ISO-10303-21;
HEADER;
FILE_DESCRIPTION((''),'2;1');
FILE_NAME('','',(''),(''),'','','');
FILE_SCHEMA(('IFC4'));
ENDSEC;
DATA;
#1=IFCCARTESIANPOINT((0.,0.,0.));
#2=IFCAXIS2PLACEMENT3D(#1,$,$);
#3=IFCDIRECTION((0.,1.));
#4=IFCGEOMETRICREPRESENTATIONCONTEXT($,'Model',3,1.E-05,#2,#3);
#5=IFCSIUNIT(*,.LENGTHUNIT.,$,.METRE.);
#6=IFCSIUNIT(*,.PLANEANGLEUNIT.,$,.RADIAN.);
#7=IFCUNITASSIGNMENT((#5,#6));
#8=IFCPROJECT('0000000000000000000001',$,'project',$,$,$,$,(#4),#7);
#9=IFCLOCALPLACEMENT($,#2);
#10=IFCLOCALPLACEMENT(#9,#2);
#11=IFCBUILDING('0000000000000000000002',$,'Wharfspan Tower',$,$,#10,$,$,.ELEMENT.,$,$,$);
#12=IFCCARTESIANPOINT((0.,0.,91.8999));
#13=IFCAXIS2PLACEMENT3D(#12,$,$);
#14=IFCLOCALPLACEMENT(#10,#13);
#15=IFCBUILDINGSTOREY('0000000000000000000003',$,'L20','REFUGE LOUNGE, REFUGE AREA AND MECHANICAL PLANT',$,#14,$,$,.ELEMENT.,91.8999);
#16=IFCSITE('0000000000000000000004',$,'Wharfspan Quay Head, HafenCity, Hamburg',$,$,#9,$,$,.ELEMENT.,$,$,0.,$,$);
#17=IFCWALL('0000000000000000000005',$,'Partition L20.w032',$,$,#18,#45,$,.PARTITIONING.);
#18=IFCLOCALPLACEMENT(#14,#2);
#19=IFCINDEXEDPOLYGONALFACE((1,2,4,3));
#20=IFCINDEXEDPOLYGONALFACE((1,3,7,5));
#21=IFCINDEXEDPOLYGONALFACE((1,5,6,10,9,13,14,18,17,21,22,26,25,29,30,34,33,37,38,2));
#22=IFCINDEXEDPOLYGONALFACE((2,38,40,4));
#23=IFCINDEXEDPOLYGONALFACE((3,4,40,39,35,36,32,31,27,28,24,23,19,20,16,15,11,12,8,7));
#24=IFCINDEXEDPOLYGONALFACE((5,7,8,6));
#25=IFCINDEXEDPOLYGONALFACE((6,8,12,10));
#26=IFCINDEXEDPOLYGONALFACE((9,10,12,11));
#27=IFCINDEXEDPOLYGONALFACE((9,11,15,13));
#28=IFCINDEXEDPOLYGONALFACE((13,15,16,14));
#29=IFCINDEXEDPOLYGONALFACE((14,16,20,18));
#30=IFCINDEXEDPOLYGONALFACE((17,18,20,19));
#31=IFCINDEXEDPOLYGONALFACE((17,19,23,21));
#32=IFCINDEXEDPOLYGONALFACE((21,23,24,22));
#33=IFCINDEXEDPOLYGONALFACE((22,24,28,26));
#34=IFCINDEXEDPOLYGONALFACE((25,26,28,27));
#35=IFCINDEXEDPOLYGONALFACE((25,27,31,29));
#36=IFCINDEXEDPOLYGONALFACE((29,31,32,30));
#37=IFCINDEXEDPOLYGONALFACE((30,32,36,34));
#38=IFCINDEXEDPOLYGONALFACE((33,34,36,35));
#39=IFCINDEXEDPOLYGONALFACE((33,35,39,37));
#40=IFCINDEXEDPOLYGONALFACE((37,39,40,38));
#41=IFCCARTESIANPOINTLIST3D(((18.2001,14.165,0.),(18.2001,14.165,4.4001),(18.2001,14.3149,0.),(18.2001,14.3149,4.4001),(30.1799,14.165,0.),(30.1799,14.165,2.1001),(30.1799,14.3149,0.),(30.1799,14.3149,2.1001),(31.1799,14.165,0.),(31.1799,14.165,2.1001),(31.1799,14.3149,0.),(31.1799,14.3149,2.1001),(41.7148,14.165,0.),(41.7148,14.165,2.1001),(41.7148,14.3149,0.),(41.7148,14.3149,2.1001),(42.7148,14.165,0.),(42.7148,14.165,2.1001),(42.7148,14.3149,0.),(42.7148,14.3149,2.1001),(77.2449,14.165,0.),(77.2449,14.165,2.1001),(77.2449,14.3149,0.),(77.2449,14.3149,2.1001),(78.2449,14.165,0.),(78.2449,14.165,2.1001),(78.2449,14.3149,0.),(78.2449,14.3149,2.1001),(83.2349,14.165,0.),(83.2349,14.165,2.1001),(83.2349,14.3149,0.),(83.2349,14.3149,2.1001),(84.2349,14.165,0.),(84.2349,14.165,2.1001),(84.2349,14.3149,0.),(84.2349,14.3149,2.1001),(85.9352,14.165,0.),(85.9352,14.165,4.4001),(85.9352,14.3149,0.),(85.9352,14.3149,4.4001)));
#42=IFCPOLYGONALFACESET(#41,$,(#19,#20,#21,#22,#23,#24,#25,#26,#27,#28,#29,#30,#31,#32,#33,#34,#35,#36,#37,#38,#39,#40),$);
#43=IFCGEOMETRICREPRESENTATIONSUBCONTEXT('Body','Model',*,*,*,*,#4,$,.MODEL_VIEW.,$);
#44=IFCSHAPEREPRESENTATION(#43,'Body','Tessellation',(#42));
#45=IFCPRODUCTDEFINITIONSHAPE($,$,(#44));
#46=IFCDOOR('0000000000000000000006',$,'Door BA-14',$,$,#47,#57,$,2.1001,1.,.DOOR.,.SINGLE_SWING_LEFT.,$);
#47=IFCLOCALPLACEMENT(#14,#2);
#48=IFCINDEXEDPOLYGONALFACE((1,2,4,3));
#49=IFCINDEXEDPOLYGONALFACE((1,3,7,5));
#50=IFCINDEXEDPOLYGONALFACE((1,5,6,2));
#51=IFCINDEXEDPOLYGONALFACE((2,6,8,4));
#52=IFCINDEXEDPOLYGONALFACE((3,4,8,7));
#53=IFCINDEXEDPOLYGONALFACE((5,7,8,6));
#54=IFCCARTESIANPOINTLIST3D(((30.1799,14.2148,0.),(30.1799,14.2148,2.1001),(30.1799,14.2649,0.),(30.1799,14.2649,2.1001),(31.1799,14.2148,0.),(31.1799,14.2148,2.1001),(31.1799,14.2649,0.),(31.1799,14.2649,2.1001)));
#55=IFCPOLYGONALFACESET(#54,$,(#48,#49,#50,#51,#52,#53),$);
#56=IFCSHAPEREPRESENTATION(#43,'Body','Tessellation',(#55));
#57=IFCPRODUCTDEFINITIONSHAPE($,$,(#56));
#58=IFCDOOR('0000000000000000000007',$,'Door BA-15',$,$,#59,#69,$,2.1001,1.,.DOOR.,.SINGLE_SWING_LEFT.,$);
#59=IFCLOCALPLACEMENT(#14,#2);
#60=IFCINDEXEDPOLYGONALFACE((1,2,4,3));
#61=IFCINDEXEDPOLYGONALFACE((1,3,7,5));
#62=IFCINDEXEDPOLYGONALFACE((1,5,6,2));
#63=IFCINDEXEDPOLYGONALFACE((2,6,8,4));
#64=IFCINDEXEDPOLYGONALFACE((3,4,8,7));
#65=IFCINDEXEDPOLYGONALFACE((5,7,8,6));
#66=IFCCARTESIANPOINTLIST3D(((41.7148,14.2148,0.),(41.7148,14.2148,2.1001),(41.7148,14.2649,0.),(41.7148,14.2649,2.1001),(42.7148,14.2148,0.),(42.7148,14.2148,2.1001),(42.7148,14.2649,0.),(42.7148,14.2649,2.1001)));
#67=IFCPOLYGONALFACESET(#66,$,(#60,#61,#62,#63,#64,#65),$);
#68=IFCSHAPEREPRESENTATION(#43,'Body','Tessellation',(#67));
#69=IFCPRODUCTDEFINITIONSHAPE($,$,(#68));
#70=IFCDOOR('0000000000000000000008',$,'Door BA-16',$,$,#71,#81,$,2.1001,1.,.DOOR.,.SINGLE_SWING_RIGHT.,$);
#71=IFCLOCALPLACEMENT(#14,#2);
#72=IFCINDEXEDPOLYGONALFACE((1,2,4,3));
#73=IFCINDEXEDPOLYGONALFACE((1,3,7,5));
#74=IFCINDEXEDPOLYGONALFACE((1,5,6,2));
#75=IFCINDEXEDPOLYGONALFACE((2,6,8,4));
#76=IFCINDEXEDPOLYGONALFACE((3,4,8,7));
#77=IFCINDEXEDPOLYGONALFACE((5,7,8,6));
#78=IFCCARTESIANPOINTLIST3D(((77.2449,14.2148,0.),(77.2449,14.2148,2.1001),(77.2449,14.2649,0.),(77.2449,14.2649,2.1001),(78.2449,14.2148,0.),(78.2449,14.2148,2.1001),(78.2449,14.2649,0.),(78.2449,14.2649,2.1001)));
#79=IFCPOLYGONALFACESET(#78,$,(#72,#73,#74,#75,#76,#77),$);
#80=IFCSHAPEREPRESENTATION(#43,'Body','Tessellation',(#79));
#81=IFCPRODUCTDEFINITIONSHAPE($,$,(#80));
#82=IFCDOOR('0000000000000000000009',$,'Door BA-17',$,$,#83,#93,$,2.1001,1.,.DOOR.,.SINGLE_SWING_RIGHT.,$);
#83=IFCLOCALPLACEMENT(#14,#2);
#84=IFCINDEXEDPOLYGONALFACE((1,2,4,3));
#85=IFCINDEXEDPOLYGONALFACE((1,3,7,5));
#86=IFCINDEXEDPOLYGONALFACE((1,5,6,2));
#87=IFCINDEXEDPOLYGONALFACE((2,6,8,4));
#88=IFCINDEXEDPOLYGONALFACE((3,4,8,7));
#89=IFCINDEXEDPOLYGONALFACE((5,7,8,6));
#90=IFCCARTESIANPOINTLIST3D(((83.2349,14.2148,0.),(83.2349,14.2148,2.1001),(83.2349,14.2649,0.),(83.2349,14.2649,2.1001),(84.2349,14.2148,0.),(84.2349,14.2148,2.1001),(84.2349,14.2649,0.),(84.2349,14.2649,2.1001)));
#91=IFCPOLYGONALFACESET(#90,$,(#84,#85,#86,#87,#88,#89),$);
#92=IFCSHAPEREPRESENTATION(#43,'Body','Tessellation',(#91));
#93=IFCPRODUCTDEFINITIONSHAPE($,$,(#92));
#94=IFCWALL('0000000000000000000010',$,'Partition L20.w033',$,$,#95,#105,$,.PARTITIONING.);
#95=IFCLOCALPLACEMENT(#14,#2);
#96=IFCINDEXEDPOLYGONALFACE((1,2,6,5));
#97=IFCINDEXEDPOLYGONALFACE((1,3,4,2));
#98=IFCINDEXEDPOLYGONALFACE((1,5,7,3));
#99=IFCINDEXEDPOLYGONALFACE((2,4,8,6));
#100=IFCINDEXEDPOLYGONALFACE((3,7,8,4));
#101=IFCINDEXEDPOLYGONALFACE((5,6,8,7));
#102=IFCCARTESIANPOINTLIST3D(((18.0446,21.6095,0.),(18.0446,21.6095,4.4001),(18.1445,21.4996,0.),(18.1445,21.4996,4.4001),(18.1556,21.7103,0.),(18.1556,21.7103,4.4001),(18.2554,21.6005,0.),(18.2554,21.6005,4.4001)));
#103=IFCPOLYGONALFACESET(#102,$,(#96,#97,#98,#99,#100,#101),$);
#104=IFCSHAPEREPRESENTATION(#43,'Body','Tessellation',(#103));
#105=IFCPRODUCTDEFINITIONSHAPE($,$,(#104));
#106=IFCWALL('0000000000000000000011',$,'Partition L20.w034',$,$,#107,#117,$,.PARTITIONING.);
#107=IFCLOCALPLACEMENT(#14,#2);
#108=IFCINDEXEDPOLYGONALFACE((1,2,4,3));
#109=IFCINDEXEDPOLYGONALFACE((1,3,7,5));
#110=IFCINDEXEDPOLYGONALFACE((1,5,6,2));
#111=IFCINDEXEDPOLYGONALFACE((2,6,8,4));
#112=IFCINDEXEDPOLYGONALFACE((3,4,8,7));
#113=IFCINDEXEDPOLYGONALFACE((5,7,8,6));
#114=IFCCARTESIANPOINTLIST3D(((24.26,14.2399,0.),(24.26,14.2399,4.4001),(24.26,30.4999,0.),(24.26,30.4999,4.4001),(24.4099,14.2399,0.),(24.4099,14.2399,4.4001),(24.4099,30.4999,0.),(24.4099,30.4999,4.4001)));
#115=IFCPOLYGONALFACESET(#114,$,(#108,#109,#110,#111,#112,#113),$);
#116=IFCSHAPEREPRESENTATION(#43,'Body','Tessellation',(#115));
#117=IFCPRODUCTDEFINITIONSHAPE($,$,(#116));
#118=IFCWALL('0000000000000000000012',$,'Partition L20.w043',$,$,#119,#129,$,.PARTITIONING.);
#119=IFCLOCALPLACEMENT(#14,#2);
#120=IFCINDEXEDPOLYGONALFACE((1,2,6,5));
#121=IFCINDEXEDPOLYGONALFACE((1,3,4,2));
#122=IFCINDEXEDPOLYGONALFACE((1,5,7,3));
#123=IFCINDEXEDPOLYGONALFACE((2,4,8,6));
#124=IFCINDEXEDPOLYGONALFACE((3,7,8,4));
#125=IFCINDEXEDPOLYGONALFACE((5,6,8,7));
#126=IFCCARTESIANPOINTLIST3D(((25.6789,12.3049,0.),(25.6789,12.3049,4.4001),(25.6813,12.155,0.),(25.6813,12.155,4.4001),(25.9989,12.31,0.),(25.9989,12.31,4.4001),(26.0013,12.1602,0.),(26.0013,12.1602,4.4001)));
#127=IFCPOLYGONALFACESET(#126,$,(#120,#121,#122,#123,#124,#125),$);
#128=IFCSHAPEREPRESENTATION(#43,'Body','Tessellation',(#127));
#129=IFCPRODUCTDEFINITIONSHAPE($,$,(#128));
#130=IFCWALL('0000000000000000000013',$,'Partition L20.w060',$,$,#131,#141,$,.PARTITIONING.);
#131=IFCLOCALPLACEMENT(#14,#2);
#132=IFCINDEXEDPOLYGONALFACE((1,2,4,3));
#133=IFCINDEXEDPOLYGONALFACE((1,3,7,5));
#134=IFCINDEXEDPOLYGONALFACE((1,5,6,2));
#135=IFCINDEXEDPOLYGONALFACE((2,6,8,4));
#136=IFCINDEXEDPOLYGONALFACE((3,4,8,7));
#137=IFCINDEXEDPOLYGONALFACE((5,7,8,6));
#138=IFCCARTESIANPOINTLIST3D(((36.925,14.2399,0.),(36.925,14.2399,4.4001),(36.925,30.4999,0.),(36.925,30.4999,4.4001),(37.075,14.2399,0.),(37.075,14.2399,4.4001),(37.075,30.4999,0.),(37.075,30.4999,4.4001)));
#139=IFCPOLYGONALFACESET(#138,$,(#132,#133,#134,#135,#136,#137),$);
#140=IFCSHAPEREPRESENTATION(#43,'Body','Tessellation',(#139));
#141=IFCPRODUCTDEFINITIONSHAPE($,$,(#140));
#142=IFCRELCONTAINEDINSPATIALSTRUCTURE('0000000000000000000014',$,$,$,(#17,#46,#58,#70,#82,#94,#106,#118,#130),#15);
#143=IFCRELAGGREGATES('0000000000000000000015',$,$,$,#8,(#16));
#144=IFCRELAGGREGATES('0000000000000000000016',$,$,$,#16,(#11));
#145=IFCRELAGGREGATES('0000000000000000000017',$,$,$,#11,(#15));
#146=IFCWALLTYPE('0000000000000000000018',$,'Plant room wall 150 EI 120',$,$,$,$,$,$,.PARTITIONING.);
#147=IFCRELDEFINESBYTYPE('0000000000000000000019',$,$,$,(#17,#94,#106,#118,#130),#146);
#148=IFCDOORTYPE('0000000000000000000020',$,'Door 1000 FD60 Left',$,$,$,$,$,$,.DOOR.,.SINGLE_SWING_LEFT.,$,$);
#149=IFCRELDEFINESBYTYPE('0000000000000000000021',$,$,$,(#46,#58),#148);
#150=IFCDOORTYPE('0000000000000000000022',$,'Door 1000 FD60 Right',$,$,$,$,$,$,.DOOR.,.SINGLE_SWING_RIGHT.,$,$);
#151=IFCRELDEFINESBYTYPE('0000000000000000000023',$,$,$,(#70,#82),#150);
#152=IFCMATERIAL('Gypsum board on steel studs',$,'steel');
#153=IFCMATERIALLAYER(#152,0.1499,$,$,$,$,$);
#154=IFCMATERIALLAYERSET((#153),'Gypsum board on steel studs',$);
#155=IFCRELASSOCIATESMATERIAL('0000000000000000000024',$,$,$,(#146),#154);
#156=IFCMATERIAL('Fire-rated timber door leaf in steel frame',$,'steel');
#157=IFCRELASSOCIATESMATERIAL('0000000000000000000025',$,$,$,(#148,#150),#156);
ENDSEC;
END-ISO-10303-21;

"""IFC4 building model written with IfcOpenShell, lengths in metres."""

from ifc_helpers import new_model, si_unit, direction, frame, frame_2d, origin, place, context, subcontext, project, spatial, rectangle, extrude, material, layer, layer_set, type_object, element, fill, save


model = new_model("IFC4")

# Units and contexts
model_context = context("Model", 3, precision=1e-05, world=origin(), true_north=direction((0.0, 1.0)))
body_context = subcontext(model_context, "Body", "Model", "MODEL_VIEW")
ifc_project = project(units=[si_unit("LENGTHUNIT", "METRE"), si_unit("PLANEANGLEUNIT", "RADIAN")], contexts=[model_context])

# Site, building, storey
site_placement = place(None, origin())
site = spatial("IfcSite", under=ifc_project, at=site_placement, Name="Wharfspan Quay Head, HafenCity, Hamburg", CompositionType="ELEMENT", RefElevation=0.0)
building_placement = place(site_placement, origin())
building = spatial("IfcBuilding", under=site, at=building_placement, Name="Wharfspan Tower", CompositionType="ELEMENT")
storey_placement = place(building_placement, frame((0.0, 0.0, 91.8999)))
storey = spatial("IfcBuildingStorey", under=building, at=storey_placement, Name="L20", Description="REFUGE LOUNGE, REFUGE AREA AND MECHANICAL PLANT", CompositionType="ELEMENT", Elevation=91.8999)

# Shared definitions
ifc_material_1 = material(Name="Gypsum board on steel studs", Category="steel")
ifc_material_2 = material(Name="Fire-rated timber door leaf in steel frame", Category="steel")

# Shared definitions
ifc_layer_1 = layer(ifc_material_1, 0.1499)
ifc_layer_set_1 = layer_set([ifc_layer_1], Name="Gypsum board on steel studs")
wall_type_1 = type_object("IfcWallType", Name="Plant room wall 150 EI 120", PredefinedType="PARTITIONING", material=ifc_layer_set_1)

# Shared definitions
door_type_1 = type_object("IfcDoorType", Name="Door 1000 FD60 Left", OperationType="SINGLE_SWING_LEFT", PredefinedType="DOOR", material=ifc_material_2)

# Wall, openings, doors
wall_1_placement = place(storey_placement, frame((18.2, 14.24, 0.0), z_axis=(0.0, 0.0, 1.0), x_axis=(1.0, 0.0, 0.0)))
wall_1 = element("IfcWall", 1, at=wall_1_placement, inside=storey, type_object=wall_type_1, Name="Partition L20.w032", PredefinedType="PARTITIONING", context=body_context, shape_type="SweptSolid", body=[
    extrude(rectangle(XDim=67.7351, YDim=0.1499, at=frame_2d((33.8677, 0.0))), origin(), (0.0, 0.0, 1.0), 4.4001),
])
opening_1_placement = place(wall_1_placement, frame((11.98, 0.0, 0.0)))
opening_1 = element("IfcOpeningElement", 2, at=opening_1_placement, cuts=wall_1, PredefinedType="OPENING", context=body_context, shape_type="SweptSolid", body=[
    extrude(rectangle(XDim=1.0, YDim=2.1001, at=frame_2d((0.5, 1.05))), frame((0.0, 0.085, 0.0), z_axis=(0.0, -1.0, 0.0), x_axis=(1.0, 0.0, 0.0)), (0.0, 0.0, 1.0), 0.1699),
])
opening_2_placement = place(wall_1_placement, frame((23.5149, 0.0, 0.0)))
opening_2 = element("IfcOpeningElement", 3, at=opening_2_placement, cuts=wall_1, PredefinedType="OPENING", context=body_context, shape_type="SweptSolid", body=[
    extrude(rectangle(XDim=1.0, YDim=2.1001, at=frame_2d((0.5, 1.05))), frame((0.0, 0.085, 0.0), z_axis=(0.0, -1.0, 0.0), x_axis=(1.0, 0.0, 0.0)), (0.0, 0.0, 1.0), 0.1699),
])
opening_3_placement = place(wall_1_placement, frame((59.0449, 0.0, 0.0)))
opening_3 = element("IfcOpeningElement", 4, at=opening_3_placement, cuts=wall_1, PredefinedType="OPENING", context=body_context, shape_type="SweptSolid", body=[
    extrude(rectangle(XDim=1.0, YDim=2.1001, at=frame_2d((0.5, 1.05))), frame((0.0, 0.085, 0.0), z_axis=(0.0, -1.0, 0.0), x_axis=(1.0, 0.0, 0.0)), (0.0, 0.0, 1.0), 0.1699),
])
opening_4_placement = place(wall_1_placement, frame((65.0349, 0.0, 0.0)))
opening_4 = element("IfcOpeningElement", 5, at=opening_4_placement, cuts=wall_1, PredefinedType="OPENING", context=body_context, shape_type="SweptSolid", body=[
    extrude(rectangle(XDim=1.0, YDim=2.1001, at=frame_2d((0.5, 1.05))), frame((0.0, 0.085, 0.0), z_axis=(0.0, -1.0, 0.0), x_axis=(1.0, 0.0, 0.0)), (0.0, 0.0, 1.0), 0.1699),
])
door_1_placement = place(opening_1_placement, origin())
door_1 = element("IfcDoor", 6, at=door_1_placement, inside=storey, type_object=door_type_1, Name="Door BA-14", OperationType="SINGLE_SWING_LEFT", OverallHeight=2.1001, OverallWidth=1.0, PredefinedType="DOOR", context=body_context, shape_type="SweptSolid", body=[
    extrude(rectangle(XDim=1.0, YDim=2.1001, at=frame_2d((0.5, 1.05))), frame((0.0, 0.0249, 0.0), z_axis=(0.0, -1.0, 0.0), x_axis=(1.0, 0.0, 0.0)), (0.0, 0.0, 1.0), 0.05),
])
fill(opening_1, door_1)
door_2_placement = place(opening_2_placement, origin())
door_2 = element("IfcDoor", 7, at=door_2_placement, inside=storey, type_object=door_type_1, Name="Door BA-15", OperationType="SINGLE_SWING_LEFT", OverallHeight=2.1001, OverallWidth=1.0, PredefinedType="DOOR", context=body_context, shape_type="SweptSolid", body=[
    extrude(rectangle(XDim=1.0, YDim=2.1001, at=frame_2d((0.5, 1.05))), frame((0.0, 0.0249, 0.0), z_axis=(0.0, -1.0, 0.0), x_axis=(1.0, 0.0, 0.0)), (0.0, 0.0, 1.0), 0.05),
])
fill(opening_2, door_2)
door_type_2 = type_object("IfcDoorType", Name="Door 1000 FD60 Right", OperationType="SINGLE_SWING_RIGHT", PredefinedType="DOOR", material=ifc_material_2)
door_3_placement = place(opening_3_placement, origin())
door_3 = element("IfcDoor", 8, at=door_3_placement, inside=storey, type_object=door_type_2, Name="Door BA-16", OperationType="SINGLE_SWING_RIGHT", OverallHeight=2.1001, OverallWidth=1.0, PredefinedType="DOOR", context=body_context, shape_type="SweptSolid", body=[
    extrude(rectangle(XDim=1.0, YDim=2.1001, at=frame_2d((0.5, 1.05))), frame((0.0, 0.0249, 0.0), z_axis=(0.0, -1.0, 0.0), x_axis=(1.0, 0.0, 0.0)), (0.0, 0.0, 1.0), 0.05),
])
fill(opening_3, door_3)
door_4_placement = place(opening_4_placement, origin())
door_4 = element("IfcDoor", 9, at=door_4_placement, inside=storey, type_object=door_type_2, Name="Door BA-17", OperationType="SINGLE_SWING_RIGHT", OverallHeight=2.1001, OverallWidth=1.0, PredefinedType="DOOR", context=body_context, shape_type="SweptSolid", body=[
    extrude(rectangle(XDim=1.0, YDim=2.1001, at=frame_2d((0.5, 1.05))), frame((0.0, 0.0249, 0.0), z_axis=(0.0, -1.0, 0.0), x_axis=(1.0, 0.0, 0.0)), (0.0, 0.0, 1.0), 0.05),
])
fill(opening_4, door_4)

# Walls
wall_2_placement = place(storey_placement, frame((18.2, 21.55, 0.0), z_axis=(0.0, 0.0, 1.0), x_axis=(-0.672587, 0.74001, 0.0)))
element("IfcWall", 10, at=wall_2_placement, inside=storey, type_object=wall_type_1, Name="Partition L20.w033", PredefinedType="PARTITIONING", context=body_context, shape_type="SweptSolid", body=[
    extrude(rectangle(XDim=0.1484, YDim=0.1499, at=frame_2d((0.0742, 0.0))), origin(), (0.0, 0.0, 1.0), 4.4001),
])
wall_3_placement = place(storey_placement, frame((24.335, 14.24, 0.0), z_axis=(0.0, 0.0, 1.0), x_axis=(0.0, 1.0, 0.0)))
element("IfcWall", 11, at=wall_3_placement, inside=storey, type_object=wall_type_1, Name="Partition L20.w034", PredefinedType="PARTITIONING", context=body_context, shape_type="SweptSolid", body=[
    extrude(rectangle(XDim=16.26, YDim=0.1499, at=frame_2d((8.1299, 0.0))), origin(), (0.0, 0.0, 1.0), 4.4001),
])
wall_4_placement = place(storey_placement, frame((25.6799, 12.23, 0.0), z_axis=(0.0, 0.0, 1.0), x_axis=(0.999868, 0.016016, 0.0)))
element("IfcWall", 12, at=wall_4_placement, inside=storey, type_object=wall_type_1, Name="Partition L20.w043", PredefinedType="PARTITIONING", context=body_context, shape_type="SweptSolid", body=[
    extrude(rectangle(XDim=0.3201, YDim=0.1499, at=frame_2d((0.1602, 0.0))), origin(), (0.0, 0.0, 1.0), 4.4001),
])
wall_5_placement = place(storey_placement, frame((37.0, 14.24, 0.0), z_axis=(0.0, 0.0, 1.0), x_axis=(0.0, 1.0, 0.0)))
element("IfcWall", 13, at=wall_5_placement, inside=storey, type_object=wall_type_1, Name="Partition L20.w060", PredefinedType="PARTITIONING", context=body_context, shape_type="SweptSolid", body=[
    extrude(rectangle(XDim=16.26, YDim=0.1499, at=frame_2d((8.1299, 0.0))), origin(), (0.0, 0.0, 1.0), 4.4001),
])

save(model, "model.ifc")
